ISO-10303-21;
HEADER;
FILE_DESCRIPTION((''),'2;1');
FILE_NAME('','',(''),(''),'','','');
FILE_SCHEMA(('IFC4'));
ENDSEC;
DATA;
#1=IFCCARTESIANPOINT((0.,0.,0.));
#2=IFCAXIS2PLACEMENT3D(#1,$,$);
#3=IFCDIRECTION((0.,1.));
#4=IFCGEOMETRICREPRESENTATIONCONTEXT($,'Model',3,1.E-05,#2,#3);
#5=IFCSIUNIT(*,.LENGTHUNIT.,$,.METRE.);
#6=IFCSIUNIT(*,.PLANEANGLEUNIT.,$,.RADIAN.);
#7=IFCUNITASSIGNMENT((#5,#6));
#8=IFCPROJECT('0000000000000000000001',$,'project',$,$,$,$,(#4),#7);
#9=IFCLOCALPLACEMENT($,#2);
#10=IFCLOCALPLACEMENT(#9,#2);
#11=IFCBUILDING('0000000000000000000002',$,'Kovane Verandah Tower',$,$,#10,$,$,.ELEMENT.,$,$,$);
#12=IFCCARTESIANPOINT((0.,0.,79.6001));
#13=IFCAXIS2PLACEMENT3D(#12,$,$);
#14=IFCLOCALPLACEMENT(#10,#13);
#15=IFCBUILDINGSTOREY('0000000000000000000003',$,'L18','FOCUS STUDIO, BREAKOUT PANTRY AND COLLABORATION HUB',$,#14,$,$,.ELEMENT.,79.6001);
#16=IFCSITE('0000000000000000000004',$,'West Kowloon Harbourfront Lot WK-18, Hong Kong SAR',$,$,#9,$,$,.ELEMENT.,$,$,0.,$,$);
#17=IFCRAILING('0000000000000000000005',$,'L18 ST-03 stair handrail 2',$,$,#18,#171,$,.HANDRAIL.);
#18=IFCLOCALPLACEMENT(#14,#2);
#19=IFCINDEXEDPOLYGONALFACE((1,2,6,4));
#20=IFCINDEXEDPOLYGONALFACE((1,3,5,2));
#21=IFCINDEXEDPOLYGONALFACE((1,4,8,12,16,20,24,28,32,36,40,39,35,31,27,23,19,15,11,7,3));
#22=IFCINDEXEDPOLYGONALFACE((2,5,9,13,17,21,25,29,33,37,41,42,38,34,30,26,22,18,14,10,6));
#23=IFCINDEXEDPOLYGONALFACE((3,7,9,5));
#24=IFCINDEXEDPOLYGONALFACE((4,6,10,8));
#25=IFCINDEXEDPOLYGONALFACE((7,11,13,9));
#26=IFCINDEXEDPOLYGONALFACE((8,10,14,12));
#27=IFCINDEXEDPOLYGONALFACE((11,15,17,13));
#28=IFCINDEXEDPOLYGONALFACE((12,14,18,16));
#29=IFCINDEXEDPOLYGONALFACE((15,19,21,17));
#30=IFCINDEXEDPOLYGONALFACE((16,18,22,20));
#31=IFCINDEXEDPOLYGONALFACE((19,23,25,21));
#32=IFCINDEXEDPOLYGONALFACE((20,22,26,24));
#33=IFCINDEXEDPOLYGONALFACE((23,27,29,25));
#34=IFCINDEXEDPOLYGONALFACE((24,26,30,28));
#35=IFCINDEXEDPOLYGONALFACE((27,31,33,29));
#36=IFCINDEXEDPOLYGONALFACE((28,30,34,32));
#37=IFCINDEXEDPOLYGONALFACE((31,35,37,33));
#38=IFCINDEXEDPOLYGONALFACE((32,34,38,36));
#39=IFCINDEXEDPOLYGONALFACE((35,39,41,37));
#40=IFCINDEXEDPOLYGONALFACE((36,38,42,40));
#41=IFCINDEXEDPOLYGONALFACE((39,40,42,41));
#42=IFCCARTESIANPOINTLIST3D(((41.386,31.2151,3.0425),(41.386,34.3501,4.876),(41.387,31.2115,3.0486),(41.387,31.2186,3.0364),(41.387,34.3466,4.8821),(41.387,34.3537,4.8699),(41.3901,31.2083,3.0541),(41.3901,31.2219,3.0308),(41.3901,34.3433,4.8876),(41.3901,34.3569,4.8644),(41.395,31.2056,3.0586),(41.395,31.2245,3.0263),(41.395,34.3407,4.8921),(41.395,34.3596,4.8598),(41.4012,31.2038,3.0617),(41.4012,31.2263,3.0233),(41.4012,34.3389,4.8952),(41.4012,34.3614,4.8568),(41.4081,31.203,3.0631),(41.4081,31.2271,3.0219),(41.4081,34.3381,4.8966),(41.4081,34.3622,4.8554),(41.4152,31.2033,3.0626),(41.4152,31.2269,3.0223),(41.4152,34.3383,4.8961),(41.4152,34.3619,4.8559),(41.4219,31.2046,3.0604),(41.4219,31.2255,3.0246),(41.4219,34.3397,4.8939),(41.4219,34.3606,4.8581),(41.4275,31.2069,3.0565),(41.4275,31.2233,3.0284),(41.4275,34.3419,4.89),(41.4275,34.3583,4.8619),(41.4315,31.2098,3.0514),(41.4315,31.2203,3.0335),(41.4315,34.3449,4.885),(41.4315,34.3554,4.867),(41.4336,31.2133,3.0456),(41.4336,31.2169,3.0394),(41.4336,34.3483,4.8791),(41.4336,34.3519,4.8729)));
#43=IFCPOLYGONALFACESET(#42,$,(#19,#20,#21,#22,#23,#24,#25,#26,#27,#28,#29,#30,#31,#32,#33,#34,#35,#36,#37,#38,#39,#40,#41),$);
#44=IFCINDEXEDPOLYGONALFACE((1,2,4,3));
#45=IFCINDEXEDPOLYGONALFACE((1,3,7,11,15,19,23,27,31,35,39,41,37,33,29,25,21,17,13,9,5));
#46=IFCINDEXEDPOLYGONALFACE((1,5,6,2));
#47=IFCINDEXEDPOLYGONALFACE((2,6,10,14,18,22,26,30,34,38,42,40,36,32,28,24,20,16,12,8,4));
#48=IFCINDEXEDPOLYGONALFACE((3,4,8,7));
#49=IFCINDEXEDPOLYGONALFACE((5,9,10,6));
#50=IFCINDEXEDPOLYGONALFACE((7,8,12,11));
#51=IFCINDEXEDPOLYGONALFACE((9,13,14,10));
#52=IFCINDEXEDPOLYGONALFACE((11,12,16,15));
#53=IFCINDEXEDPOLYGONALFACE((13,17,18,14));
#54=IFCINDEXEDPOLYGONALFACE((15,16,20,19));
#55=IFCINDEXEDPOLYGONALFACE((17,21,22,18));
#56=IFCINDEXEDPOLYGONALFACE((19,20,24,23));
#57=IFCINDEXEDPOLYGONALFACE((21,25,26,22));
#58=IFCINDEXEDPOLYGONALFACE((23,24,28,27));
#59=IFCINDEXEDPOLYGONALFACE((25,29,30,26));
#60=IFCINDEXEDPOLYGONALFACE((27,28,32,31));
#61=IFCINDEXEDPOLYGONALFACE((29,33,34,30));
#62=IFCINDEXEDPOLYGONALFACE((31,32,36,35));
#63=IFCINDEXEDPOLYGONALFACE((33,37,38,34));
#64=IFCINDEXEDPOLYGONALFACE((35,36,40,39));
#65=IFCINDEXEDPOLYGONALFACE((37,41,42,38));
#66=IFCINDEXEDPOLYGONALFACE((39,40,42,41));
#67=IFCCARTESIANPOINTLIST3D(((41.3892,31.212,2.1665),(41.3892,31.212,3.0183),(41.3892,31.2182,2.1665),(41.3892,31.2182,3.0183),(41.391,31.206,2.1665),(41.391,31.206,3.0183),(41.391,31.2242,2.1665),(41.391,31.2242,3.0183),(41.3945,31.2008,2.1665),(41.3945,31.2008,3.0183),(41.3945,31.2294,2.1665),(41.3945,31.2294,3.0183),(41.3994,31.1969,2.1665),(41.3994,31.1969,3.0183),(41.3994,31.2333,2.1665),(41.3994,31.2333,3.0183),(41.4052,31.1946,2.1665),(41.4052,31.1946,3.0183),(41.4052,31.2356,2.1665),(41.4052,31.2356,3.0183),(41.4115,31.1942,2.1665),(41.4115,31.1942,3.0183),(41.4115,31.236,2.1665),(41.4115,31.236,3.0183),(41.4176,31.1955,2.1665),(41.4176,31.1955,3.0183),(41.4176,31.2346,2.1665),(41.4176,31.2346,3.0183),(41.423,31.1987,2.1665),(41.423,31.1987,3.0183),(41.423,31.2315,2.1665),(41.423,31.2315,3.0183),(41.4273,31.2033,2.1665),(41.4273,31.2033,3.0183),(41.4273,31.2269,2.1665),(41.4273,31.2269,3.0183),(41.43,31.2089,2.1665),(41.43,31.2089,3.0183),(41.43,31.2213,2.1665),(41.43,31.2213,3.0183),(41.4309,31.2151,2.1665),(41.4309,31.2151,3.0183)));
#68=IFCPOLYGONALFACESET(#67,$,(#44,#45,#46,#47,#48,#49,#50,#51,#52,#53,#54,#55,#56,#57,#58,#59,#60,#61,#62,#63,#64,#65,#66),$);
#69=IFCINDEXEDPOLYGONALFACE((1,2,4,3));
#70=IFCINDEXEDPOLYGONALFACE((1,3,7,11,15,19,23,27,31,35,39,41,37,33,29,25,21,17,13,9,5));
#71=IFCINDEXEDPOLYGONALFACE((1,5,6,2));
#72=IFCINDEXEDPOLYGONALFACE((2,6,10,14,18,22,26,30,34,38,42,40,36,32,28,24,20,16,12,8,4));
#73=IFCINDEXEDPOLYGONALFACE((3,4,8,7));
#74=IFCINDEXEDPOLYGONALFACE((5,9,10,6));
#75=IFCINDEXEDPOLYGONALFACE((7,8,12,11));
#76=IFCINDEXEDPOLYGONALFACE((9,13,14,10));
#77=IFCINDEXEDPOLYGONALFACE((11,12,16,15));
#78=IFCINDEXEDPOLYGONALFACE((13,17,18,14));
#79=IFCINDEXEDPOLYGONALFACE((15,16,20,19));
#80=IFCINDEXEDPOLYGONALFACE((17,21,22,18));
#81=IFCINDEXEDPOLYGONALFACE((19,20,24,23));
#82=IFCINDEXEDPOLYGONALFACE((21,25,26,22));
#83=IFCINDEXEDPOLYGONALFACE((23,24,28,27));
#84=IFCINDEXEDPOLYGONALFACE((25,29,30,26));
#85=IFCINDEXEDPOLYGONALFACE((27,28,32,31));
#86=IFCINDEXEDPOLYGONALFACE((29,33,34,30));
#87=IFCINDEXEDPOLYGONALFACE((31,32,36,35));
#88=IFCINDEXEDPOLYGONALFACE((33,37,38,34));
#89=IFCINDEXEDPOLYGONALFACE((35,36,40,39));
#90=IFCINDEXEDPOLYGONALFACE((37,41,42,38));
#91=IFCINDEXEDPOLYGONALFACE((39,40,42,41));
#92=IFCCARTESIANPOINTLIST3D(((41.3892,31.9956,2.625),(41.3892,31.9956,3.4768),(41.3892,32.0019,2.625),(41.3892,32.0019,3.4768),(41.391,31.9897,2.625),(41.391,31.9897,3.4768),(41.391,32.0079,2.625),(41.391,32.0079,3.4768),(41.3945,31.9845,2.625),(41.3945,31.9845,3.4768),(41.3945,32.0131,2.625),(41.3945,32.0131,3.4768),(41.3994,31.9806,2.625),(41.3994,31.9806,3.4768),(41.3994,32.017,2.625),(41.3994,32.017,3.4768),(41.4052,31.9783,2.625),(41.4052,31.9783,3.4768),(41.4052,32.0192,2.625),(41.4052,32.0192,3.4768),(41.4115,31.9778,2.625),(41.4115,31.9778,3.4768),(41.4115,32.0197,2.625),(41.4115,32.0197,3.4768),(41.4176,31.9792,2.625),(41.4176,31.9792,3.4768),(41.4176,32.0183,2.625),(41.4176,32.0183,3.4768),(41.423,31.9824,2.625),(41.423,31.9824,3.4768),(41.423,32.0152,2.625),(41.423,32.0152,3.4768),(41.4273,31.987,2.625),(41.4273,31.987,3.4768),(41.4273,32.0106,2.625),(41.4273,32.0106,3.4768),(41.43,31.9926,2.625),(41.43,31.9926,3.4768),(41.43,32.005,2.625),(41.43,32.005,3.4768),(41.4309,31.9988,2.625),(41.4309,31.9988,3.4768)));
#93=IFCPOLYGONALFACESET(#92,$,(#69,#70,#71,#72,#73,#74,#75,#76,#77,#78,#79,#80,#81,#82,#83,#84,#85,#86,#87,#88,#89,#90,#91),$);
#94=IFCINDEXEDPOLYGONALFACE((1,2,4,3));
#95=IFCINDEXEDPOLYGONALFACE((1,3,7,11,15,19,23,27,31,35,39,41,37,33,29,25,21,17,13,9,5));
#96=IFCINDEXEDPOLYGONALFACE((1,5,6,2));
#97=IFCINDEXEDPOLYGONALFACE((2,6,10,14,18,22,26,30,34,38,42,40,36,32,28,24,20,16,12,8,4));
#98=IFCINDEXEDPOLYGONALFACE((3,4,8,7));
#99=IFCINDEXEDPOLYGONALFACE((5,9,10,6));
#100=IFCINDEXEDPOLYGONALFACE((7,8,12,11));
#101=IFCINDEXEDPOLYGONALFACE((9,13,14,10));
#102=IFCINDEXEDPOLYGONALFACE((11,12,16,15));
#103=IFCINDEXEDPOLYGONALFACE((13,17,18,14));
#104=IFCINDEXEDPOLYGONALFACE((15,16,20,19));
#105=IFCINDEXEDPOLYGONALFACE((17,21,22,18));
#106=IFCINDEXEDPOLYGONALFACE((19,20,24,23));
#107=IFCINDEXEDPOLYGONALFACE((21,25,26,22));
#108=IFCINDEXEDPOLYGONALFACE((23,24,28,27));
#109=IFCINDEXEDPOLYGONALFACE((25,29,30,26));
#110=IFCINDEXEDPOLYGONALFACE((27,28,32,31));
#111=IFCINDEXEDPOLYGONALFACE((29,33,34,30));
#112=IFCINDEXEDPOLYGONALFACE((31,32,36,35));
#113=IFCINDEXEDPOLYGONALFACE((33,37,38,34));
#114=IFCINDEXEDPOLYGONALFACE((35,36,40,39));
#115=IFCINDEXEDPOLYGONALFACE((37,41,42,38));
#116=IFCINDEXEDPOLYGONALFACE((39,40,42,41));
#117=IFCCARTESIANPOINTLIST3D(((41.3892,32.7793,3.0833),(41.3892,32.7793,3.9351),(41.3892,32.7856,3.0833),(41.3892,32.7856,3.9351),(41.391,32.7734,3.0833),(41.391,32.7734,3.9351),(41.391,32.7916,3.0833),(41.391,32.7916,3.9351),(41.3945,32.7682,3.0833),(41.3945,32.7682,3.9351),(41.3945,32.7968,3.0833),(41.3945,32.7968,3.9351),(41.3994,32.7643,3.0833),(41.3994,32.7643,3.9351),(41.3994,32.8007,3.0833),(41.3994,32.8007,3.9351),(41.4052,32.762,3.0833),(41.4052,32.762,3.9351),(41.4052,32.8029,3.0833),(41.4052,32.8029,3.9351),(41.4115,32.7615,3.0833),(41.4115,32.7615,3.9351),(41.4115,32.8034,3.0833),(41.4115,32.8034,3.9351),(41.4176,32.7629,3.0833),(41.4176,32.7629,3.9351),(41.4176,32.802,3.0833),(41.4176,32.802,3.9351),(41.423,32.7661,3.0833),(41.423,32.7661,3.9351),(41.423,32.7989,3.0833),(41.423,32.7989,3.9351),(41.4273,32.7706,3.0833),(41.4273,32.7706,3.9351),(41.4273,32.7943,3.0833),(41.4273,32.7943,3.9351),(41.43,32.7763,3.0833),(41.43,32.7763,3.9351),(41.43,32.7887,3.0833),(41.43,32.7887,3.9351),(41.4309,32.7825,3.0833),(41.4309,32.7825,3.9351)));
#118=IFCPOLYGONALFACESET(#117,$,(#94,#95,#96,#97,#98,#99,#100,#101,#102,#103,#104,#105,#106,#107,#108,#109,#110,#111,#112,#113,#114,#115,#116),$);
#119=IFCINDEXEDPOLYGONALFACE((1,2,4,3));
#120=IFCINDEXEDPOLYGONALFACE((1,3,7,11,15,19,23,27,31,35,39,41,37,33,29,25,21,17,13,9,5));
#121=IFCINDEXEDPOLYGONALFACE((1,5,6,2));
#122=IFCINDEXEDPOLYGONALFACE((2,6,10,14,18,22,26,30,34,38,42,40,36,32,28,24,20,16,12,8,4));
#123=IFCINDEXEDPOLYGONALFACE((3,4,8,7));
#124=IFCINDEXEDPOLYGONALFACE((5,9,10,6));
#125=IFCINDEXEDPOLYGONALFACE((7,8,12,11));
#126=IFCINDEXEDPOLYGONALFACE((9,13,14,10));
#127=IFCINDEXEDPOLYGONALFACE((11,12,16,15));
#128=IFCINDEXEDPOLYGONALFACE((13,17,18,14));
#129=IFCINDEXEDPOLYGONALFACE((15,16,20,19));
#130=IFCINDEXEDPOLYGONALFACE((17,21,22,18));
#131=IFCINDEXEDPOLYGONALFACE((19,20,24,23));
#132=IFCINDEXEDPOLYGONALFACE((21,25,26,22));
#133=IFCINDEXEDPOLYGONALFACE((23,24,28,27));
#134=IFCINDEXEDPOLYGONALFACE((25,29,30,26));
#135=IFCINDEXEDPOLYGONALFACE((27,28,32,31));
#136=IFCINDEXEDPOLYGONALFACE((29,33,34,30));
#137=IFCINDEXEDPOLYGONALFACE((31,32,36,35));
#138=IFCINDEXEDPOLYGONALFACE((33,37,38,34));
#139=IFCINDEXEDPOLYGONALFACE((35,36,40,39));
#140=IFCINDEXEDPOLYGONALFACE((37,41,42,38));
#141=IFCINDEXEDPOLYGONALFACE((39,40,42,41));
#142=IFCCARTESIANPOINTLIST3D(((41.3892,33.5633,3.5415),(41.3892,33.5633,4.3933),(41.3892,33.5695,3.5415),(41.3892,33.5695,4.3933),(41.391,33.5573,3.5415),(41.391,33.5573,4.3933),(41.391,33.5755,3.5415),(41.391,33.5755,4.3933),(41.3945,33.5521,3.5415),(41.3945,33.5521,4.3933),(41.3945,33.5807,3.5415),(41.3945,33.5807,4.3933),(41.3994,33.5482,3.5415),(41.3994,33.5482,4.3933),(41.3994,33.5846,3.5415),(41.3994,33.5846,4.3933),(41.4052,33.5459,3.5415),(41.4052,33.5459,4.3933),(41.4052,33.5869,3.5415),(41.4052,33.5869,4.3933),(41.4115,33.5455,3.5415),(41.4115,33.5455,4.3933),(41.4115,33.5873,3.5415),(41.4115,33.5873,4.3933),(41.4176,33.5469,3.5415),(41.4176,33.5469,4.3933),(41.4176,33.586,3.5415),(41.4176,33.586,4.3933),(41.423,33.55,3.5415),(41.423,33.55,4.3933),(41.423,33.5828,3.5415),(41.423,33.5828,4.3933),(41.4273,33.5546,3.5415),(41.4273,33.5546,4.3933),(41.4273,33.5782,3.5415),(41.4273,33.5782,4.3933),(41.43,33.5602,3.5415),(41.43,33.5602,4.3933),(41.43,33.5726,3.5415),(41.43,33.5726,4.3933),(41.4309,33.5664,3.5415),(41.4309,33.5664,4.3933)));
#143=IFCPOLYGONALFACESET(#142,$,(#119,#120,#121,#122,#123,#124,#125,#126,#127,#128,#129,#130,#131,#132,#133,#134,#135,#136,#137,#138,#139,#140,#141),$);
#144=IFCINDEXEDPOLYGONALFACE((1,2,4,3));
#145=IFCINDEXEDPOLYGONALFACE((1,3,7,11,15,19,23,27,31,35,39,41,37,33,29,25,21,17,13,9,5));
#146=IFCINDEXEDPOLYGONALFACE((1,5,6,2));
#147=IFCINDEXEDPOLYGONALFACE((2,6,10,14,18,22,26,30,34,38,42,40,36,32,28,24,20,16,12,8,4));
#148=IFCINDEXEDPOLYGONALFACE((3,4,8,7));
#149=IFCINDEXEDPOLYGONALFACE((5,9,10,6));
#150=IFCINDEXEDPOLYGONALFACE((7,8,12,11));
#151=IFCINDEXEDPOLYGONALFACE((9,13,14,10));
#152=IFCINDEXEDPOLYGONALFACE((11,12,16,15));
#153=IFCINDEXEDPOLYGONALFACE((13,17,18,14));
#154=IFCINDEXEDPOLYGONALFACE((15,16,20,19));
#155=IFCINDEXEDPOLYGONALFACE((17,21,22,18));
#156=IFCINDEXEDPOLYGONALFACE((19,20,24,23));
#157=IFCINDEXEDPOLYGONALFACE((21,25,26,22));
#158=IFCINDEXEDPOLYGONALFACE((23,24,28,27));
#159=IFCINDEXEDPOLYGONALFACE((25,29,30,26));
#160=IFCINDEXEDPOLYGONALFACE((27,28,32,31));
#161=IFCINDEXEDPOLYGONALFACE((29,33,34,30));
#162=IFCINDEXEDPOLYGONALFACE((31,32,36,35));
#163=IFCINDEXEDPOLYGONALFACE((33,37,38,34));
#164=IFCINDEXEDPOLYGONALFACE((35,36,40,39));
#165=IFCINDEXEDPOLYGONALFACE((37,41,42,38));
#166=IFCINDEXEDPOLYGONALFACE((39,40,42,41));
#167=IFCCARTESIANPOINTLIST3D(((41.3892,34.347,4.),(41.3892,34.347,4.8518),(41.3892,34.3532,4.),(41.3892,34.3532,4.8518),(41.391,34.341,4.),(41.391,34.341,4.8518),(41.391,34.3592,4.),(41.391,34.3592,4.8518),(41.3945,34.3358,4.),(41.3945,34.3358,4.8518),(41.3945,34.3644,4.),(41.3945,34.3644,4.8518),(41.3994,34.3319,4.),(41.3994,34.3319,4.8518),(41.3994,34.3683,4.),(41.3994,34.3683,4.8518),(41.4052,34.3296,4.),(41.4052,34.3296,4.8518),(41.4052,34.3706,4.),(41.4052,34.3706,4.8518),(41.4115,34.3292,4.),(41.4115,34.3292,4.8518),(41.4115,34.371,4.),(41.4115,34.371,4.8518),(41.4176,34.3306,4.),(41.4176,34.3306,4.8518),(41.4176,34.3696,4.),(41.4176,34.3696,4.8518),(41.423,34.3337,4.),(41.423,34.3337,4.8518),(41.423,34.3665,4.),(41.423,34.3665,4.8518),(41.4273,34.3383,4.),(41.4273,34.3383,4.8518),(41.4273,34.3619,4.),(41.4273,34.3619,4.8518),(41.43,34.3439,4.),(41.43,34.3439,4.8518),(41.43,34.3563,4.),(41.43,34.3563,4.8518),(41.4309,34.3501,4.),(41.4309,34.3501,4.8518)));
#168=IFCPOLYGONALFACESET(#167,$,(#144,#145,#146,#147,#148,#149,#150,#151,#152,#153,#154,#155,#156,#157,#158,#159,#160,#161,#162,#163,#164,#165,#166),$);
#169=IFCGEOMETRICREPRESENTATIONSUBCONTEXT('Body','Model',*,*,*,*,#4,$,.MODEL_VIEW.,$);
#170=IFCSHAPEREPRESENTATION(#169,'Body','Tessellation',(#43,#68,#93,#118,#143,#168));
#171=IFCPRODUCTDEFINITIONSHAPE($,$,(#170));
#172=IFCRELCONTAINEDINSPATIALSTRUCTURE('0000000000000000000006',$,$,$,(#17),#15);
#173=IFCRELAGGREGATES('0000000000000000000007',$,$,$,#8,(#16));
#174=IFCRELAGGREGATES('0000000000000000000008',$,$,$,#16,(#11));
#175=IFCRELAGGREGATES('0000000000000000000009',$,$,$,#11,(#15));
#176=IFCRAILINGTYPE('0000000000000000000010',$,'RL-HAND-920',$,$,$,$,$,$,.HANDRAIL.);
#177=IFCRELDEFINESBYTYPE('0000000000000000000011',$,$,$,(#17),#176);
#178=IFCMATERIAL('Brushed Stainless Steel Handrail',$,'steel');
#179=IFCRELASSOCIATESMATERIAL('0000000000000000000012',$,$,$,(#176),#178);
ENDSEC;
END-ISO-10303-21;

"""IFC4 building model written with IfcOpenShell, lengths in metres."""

from ifc_helpers import new_model, si_unit, direction, frame, origin, origin_2d, place, context, subcontext, project, spatial, circle, extrude, material, type_object, element, save


model = new_model("IFC4")

# Units and contexts
model_context = context("Model", 3, precision=1e-05, world=origin(), true_north=direction((0.0, 1.0)))
body_context = subcontext(model_context, "Body", "Model", "MODEL_VIEW")
ifc_project = project(units=[si_unit("LENGTHUNIT", "METRE"), si_unit("PLANEANGLEUNIT", "RADIAN")], contexts=[model_context])

# Site, building, storey
site_placement = place(None, origin())
site = spatial("IfcSite", under=ifc_project, at=site_placement, Name="West Kowloon Harbourfront Lot WK-18, Hong Kong SAR", CompositionType="ELEMENT", RefElevation=0.0)
building_placement = place(site_placement, origin())
building = spatial("IfcBuilding", under=site, at=building_placement, Name="Kovane Verandah Tower", CompositionType="ELEMENT")
storey_placement = place(building_placement, frame((0.0, 0.0, 79.6001)))
storey = spatial("IfcBuildingStorey", under=building, at=storey_placement, Name="L18", Description="FOCUS STUDIO, BREAKOUT PANTRY AND COLLABORATION HUB", CompositionType="ELEMENT", Elevation=79.6001)

# Railing
ifc_material_1 = material(Name="Brushed Stainless Steel Handrail", Category="steel")
railing_type_1 = type_object("IfcRailingType", Name="RL-HAND-920", PredefinedType="HANDRAIL", material=ifc_material_1)
railing_1_placement = place(storey_placement, frame((41.4099, 31.2151, 2.1665)))
element("IfcRailing", 1, at=railing_1_placement, inside=storey, type_object=railing_type_1, Name="L18 ST-03 stair handrail 2", PredefinedType="HANDRAIL", context=body_context, shape_type="SweptSolid", body=[
    extrude(circle(Radius=0.0239, at=origin_2d()), frame((0.0, 0.0, 0.876), z_axis=(0.0, 0.86321, 0.504845), x_axis=(-1.0, 0.0, 0.0)), (0.0, 0.0, 1.0), 3.6318),
    extrude(circle(Radius=0.021, at=origin_2d()), origin(), (0.0, 0.0, 1.0), 0.8518),
    extrude(circle(Radius=0.021, at=origin_2d()), frame((0.0, 0.7837, 0.4585)), (0.0, 0.0, 1.0), 0.8518),
    extrude(circle(Radius=0.021, at=origin_2d()), frame((0.0, 1.5674, 0.9167)), (0.0, 0.0, 1.0), 0.8518),
    extrude(circle(Radius=0.021, at=origin_2d()), frame((0.0, 2.3513, 1.375)), (0.0, 0.0, 1.0), 0.8518),
    extrude(circle(Radius=0.021, at=origin_2d()), frame((0.0, 3.135, 1.8335)), (0.0, 0.0, 1.0), 0.8518),
])

save(model, "model.ifc")
